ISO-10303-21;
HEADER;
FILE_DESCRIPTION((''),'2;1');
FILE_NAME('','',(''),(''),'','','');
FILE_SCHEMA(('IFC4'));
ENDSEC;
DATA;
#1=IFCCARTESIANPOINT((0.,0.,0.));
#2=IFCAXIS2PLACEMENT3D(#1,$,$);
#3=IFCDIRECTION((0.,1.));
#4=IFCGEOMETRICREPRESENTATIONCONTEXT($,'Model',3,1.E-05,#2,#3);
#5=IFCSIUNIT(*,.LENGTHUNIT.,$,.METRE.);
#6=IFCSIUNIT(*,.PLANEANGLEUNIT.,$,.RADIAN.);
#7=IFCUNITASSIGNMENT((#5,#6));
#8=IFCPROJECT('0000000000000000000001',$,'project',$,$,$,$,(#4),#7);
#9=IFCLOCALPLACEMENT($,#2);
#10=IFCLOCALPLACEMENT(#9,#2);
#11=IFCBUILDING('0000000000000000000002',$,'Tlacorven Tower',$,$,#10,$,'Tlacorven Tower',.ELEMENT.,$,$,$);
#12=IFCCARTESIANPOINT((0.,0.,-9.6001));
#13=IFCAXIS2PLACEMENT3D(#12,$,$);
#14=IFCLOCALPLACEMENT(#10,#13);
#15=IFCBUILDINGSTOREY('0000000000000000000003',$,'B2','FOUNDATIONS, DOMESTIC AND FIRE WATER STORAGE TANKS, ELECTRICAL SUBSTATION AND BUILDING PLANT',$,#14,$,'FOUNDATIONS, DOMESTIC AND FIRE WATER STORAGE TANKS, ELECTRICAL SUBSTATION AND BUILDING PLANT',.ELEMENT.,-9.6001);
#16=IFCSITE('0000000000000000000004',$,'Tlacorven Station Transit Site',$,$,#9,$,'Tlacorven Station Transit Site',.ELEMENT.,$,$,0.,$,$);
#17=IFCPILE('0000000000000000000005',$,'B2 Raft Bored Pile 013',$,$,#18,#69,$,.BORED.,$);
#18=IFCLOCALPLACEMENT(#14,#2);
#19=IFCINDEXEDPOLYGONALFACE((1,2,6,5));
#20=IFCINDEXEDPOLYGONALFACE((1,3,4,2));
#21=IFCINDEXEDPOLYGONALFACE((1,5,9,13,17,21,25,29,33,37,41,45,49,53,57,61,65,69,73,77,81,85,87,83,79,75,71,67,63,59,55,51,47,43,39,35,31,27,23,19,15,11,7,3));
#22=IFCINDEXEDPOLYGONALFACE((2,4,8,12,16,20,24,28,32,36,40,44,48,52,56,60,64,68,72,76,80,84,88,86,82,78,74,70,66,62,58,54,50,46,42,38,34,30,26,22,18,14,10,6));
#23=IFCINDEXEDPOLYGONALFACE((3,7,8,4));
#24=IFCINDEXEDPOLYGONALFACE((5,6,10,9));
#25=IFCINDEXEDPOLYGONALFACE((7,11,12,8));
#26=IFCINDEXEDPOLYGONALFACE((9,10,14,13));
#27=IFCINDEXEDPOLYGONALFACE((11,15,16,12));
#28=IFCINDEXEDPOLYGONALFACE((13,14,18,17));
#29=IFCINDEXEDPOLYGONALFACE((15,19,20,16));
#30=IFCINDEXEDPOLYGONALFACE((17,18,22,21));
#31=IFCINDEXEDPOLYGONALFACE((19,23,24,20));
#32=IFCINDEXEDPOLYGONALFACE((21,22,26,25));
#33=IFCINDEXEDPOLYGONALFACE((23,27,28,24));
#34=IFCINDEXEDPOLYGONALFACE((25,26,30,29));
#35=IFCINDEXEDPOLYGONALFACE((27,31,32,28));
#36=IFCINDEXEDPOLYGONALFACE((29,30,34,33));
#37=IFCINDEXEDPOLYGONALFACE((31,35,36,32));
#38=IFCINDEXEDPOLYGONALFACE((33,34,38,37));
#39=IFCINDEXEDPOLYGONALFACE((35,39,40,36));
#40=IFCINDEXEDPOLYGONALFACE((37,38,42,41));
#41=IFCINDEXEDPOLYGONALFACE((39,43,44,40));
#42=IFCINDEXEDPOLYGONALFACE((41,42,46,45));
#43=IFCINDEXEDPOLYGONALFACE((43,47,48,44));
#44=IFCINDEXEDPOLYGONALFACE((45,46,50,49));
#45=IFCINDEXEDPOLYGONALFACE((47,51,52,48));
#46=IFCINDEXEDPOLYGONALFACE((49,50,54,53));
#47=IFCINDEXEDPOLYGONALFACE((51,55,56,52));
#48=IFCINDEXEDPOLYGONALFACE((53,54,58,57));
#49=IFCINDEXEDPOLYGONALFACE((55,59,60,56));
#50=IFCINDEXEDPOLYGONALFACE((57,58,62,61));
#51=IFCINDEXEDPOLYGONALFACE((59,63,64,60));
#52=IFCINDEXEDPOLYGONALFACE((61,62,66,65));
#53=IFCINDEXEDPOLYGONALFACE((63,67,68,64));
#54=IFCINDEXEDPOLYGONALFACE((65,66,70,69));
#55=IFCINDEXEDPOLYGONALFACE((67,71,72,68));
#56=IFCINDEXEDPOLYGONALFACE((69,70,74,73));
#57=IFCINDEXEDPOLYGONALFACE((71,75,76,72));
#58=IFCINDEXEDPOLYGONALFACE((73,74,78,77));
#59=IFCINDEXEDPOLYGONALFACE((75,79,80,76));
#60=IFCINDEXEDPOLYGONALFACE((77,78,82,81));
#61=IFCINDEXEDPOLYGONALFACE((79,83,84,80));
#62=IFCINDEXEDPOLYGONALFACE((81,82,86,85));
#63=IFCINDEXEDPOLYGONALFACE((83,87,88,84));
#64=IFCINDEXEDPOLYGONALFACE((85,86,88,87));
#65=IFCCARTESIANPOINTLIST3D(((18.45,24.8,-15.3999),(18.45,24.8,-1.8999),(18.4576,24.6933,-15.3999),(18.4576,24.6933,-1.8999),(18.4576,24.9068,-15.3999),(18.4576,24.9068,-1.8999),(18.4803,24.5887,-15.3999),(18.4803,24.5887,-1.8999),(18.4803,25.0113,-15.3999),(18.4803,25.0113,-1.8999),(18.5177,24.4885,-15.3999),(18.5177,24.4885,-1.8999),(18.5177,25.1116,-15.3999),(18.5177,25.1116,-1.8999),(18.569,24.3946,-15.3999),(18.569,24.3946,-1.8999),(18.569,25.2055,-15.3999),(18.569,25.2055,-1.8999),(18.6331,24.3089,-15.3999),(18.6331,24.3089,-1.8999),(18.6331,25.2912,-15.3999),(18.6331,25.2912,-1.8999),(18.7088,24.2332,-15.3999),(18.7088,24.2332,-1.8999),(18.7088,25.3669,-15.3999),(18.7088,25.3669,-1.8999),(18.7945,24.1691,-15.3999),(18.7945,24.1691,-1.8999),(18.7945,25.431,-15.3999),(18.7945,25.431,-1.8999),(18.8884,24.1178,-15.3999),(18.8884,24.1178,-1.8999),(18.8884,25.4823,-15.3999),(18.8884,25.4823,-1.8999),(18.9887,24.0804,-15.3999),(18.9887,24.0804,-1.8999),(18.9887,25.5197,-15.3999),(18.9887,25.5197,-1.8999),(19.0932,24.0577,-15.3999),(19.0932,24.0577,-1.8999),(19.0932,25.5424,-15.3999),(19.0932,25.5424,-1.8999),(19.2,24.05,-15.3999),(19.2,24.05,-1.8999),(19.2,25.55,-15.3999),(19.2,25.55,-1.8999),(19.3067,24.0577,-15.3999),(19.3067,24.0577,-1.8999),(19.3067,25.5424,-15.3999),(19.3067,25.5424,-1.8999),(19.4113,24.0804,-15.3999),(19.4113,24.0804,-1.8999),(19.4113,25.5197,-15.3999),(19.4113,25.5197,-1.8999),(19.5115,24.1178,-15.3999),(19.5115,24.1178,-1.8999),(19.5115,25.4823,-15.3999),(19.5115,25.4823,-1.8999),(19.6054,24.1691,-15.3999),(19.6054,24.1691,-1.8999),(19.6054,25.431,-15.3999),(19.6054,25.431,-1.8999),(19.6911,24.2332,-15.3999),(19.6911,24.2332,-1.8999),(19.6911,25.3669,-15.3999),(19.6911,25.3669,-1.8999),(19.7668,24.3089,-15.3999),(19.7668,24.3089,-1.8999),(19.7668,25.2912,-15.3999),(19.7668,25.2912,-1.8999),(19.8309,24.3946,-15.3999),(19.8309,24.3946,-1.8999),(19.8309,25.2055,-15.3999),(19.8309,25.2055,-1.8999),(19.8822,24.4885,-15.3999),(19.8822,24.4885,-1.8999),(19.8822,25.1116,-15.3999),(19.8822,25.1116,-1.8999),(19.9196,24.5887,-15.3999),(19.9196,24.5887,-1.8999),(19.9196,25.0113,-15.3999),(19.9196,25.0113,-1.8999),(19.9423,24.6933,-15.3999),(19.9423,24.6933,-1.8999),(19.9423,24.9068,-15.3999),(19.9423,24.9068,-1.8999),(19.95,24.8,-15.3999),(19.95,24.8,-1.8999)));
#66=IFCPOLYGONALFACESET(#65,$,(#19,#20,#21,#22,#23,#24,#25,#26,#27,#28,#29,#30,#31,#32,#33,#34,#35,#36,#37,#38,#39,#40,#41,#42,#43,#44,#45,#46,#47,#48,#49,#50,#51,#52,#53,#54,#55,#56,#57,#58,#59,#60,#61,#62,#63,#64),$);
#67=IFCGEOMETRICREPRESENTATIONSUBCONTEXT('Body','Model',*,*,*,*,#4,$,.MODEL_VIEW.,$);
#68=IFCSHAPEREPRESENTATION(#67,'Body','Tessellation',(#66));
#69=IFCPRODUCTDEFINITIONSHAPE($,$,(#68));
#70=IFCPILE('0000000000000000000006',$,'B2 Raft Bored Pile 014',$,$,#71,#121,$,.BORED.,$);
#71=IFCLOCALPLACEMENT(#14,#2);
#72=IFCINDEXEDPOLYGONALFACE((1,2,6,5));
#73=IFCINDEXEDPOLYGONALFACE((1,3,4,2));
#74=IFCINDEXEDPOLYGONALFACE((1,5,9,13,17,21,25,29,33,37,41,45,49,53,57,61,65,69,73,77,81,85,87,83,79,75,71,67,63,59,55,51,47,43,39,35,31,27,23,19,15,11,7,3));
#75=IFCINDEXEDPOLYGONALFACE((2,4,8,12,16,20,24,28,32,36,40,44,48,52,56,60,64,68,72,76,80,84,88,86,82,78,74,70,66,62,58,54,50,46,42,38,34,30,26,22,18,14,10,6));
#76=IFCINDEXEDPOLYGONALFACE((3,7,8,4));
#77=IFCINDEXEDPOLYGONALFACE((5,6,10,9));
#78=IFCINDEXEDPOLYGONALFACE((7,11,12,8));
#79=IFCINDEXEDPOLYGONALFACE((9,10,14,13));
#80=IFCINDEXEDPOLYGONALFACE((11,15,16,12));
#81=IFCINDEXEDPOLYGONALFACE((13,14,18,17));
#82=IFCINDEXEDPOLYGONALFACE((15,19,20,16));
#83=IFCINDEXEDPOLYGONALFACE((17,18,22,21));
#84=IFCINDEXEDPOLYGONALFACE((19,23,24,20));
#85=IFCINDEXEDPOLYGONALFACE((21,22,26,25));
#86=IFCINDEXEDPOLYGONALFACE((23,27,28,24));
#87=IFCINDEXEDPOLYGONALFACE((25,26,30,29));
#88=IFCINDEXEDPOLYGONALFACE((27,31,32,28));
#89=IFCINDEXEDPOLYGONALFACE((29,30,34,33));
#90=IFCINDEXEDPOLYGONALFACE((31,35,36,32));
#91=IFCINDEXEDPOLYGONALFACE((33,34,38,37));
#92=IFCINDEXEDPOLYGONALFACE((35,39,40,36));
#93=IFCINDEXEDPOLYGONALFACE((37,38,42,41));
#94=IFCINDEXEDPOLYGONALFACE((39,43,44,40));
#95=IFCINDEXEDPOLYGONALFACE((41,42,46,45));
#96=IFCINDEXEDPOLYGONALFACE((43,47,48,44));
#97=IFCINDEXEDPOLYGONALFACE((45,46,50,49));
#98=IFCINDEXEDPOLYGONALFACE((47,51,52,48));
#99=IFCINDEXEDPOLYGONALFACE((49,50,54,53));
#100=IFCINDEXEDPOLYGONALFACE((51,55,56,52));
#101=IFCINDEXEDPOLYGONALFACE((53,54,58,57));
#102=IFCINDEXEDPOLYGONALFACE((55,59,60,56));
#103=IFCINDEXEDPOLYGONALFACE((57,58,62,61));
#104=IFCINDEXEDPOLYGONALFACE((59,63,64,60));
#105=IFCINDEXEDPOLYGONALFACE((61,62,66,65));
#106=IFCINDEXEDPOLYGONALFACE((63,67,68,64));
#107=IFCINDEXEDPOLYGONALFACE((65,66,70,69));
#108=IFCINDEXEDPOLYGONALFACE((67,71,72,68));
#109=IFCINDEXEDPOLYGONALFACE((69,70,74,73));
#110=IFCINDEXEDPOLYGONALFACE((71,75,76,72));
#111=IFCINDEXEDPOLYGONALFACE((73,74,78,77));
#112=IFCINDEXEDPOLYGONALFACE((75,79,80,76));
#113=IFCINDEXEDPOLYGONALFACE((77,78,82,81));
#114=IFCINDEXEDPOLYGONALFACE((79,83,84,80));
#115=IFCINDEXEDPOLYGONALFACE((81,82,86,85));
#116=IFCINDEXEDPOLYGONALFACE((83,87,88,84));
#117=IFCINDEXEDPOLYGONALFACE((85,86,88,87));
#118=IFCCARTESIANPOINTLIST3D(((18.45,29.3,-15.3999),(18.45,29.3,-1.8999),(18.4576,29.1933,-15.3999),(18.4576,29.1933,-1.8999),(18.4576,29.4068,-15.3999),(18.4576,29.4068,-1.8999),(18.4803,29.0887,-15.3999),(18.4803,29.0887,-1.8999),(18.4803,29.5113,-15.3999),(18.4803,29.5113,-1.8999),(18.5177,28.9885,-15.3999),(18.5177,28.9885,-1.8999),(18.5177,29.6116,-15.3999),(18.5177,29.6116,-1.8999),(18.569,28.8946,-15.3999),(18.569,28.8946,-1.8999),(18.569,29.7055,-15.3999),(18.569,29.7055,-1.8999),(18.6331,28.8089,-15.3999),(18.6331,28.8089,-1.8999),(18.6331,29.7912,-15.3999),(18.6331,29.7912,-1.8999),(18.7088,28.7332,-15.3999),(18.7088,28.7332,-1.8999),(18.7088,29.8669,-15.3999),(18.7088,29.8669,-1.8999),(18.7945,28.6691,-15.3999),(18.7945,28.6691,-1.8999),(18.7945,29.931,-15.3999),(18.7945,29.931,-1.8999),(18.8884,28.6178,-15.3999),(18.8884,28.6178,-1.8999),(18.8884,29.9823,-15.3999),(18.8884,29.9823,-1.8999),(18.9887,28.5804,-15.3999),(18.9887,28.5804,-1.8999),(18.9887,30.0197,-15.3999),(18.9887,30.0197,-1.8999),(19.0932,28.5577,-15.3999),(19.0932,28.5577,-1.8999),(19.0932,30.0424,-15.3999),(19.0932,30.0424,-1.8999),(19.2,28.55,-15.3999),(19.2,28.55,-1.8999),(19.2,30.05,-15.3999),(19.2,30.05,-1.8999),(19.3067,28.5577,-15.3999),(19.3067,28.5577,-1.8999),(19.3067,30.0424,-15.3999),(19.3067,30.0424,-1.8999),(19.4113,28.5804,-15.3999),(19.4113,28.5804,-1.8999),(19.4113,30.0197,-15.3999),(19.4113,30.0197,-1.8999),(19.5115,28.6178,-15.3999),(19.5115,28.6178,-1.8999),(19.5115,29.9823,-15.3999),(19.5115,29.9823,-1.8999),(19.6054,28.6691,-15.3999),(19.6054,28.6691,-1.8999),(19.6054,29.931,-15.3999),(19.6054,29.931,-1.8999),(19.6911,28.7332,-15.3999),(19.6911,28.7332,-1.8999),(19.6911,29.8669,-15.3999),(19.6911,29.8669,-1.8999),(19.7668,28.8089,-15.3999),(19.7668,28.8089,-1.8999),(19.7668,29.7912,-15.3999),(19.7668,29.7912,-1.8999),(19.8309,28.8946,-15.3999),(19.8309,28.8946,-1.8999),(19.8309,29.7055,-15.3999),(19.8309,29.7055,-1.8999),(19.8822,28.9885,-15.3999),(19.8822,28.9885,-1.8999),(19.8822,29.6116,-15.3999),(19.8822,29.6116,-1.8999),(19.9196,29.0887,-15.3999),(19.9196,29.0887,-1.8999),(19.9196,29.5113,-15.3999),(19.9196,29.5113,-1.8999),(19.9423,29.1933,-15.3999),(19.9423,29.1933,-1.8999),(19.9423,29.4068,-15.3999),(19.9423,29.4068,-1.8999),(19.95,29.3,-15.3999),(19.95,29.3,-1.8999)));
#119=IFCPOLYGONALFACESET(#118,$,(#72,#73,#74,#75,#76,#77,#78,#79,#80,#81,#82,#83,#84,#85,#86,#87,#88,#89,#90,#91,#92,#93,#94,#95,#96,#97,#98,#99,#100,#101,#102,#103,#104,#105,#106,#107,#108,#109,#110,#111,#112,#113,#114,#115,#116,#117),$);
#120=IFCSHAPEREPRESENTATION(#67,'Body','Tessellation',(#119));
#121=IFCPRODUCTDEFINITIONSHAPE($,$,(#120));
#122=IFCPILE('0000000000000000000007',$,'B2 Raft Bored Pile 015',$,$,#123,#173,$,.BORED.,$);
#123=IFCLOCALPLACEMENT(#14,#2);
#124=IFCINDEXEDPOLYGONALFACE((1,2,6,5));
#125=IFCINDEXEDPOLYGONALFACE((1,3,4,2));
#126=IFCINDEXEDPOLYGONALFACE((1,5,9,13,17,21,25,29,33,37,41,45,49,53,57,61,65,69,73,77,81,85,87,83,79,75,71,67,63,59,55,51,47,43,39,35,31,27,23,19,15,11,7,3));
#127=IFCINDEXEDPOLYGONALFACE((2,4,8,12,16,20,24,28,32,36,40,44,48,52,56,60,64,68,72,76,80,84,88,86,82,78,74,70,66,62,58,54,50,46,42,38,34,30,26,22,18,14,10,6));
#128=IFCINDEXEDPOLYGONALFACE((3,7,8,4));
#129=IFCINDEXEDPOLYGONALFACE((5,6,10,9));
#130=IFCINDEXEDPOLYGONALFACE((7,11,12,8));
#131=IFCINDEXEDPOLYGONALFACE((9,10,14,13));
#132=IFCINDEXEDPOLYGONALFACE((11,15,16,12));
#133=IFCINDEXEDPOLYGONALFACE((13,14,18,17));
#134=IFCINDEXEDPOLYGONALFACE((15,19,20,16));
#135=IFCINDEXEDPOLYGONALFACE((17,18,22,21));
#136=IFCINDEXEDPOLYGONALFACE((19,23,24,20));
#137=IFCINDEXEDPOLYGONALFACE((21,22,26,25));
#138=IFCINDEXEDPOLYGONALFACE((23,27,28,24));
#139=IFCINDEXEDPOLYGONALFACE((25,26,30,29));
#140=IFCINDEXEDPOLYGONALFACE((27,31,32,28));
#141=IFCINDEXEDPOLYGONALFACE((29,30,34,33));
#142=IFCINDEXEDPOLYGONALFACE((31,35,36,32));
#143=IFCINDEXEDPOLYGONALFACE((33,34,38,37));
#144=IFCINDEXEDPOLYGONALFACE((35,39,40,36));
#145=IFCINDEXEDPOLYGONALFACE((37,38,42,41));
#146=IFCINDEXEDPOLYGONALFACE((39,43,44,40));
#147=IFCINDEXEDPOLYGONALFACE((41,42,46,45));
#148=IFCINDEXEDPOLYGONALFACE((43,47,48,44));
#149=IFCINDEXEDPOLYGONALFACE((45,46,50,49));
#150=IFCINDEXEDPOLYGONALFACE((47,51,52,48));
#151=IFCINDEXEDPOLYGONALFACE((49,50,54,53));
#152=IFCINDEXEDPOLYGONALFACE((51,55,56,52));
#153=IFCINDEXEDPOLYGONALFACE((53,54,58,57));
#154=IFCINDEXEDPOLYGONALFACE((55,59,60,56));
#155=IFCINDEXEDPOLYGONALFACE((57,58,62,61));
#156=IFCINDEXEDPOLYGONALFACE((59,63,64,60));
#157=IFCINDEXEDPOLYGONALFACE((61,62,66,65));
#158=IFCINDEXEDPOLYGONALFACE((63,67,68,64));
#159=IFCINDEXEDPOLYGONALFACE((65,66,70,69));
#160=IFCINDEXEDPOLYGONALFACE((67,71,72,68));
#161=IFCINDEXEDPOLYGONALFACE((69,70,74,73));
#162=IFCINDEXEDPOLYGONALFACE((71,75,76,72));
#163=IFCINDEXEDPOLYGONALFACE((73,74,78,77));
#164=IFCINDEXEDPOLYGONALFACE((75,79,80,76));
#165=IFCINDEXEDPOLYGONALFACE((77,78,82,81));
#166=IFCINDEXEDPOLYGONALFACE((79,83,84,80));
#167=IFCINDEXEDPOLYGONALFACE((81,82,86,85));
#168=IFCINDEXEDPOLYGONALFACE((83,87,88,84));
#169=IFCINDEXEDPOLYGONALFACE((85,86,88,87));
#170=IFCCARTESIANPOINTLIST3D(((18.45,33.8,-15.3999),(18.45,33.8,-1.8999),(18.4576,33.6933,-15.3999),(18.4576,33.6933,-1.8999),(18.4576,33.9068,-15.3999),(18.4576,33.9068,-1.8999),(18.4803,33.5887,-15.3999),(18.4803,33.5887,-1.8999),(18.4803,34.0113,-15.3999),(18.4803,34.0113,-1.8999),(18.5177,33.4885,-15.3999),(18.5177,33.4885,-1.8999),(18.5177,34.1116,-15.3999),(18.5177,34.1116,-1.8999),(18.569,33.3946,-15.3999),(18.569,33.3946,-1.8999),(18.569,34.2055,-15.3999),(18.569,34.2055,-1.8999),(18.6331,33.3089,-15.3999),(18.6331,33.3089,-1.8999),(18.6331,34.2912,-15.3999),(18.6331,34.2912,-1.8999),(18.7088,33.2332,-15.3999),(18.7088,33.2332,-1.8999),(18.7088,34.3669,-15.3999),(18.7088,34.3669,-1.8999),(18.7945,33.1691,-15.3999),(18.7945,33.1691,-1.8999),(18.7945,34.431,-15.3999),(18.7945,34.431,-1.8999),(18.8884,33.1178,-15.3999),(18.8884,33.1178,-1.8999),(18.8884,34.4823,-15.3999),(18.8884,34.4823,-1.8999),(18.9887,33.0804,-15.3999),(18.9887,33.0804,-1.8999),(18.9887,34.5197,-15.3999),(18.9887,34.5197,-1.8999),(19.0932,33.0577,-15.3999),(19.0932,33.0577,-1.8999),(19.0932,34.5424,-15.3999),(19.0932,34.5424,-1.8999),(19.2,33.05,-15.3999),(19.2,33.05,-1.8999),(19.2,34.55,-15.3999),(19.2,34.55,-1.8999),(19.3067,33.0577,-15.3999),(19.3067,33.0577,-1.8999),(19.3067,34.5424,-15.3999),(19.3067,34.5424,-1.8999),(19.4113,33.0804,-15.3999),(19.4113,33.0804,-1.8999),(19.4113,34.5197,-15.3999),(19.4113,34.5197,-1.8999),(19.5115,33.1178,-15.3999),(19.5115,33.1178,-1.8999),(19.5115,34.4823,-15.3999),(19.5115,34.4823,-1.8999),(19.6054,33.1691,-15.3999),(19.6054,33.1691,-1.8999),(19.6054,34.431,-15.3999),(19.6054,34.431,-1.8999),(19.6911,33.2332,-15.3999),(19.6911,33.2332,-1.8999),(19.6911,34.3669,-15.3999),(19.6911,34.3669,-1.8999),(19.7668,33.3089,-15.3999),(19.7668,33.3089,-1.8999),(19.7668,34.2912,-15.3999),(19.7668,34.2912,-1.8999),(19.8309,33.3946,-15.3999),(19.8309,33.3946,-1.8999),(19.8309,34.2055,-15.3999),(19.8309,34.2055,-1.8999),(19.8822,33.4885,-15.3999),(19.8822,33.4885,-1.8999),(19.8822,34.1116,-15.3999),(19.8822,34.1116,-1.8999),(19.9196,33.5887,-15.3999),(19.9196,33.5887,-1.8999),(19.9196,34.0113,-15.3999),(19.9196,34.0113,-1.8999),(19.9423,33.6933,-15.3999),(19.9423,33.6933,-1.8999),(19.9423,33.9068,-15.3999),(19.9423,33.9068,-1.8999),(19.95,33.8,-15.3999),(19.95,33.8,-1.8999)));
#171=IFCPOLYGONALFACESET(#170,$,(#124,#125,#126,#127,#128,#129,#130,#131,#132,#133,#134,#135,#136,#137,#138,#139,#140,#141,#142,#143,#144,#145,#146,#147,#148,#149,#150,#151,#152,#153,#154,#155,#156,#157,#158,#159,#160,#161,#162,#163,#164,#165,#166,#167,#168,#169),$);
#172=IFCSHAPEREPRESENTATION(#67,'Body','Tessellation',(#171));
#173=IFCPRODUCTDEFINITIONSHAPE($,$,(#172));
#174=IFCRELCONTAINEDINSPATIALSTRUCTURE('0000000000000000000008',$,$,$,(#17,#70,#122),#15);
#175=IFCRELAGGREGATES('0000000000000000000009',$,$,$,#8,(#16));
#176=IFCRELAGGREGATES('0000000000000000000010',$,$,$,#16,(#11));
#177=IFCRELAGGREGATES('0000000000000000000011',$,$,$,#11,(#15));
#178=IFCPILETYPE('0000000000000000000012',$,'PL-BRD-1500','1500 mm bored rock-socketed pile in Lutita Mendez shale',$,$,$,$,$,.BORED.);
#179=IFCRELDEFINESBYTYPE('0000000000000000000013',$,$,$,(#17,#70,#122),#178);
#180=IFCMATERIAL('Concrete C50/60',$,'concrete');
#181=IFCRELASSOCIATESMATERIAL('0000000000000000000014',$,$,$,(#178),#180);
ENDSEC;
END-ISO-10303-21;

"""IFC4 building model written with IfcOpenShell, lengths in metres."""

from ifc_helpers import new_model, si_unit, direction, frame, origin, origin_2d, place, context, subcontext, project, spatial, circle, extrude, source, transform, mapped, material, material_profile, profile_set, type_object, element, save


model = new_model("IFC4")

# Units and contexts
model_context = context("Model", 3, precision=1e-05, world=origin(), true_north=direction((0.0, 1.0)))
body_context = subcontext(model_context, "Body", "Model", "MODEL_VIEW")
ifc_project = project(units=[si_unit("LENGTHUNIT", "METRE"), si_unit("PLANEANGLEUNIT", "RADIAN")], contexts=[model_context])

# Site, building, storey
site_placement = place(None, origin())
site = spatial("IfcSite", under=ifc_project, at=site_placement, Name="Tlacorven Station Transit Site", LongName="Tlacorven Station Transit Site", CompositionType="ELEMENT", RefElevation=0.0)
building_placement = place(site_placement, origin())
building = spatial("IfcBuilding", under=site, at=building_placement, Name="Tlacorven Tower", LongName="Tlacorven Tower", CompositionType="ELEMENT")
storey_placement = place(building_placement, frame((0.0, 0.0, -9.6001)))
storey = spatial("IfcBuildingStorey", under=building, at=storey_placement, Name="B2", Description="FOUNDATIONS, DOMESTIC AND FIRE WATER STORAGE TANKS, ELECTRICAL SUBSTATION AND BUILDING PLANT", LongName="FOUNDATIONS, DOMESTIC AND FIRE WATER STORAGE TANKS, ELECTRICAL SUBSTATION AND BUILDING PLANT", CompositionType="ELEMENT", Elevation=-9.6001)

# Piles
ifc_material_1 = material(Name="Concrete C50/60", Category="concrete")
ifc_material_profile_1 = material_profile(ifc_material_1, circle(Radius=0.75, at=origin_2d()), Name="BORED PILE D1500")
ifc_profile_set_1 = profile_set([ifc_material_profile_1], Name="Concrete C50/60")
pile_type_1 = type_object("IfcPileType", Name="PL-BRD-1500", Description="1500 mm bored rock-socketed pile in Lutita Mendez shale", PredefinedType="BORED", material=ifc_profile_set_1)
shared_shape_1 = source(origin(), body_context, "Body", "SweptSolid", [
    extrude(circle(Radius=0.75, at=origin_2d()), origin(), (0.0, 0.0, 1.0), 13.5),
])
for number, where, z_axis, x_axis, name in (
    (1, (19.2, 24.8, -1.8999), (0.0, 0.0, -1.0), (1.0, 0.0, 0.0), "B2 Raft Bored Pile 013"),
    (2, (19.2, 29.3, -1.8999), (0.0, 0.0, -1.0), (1.0, 0.0, 0.0), "B2 Raft Bored Pile 014"),
    (3, (19.2, 33.8, -1.8999), (0.0, 0.0, -1.0), (1.0, 0.0, 0.0), "B2 Raft Bored Pile 015"),
):
    element("IfcPile", number, at=place(storey_placement, frame(where, z_axis=z_axis, x_axis=x_axis)), inside=storey, type_object=pile_type_1, Name=name, PredefinedType="BORED", context=body_context, shape_type="MappedRepresentation", body=[
        mapped(shared_shape_1, transform((0.0, 0.0, 0.0), scale=1.0)),
    ])

save(model, "model.ifc")
